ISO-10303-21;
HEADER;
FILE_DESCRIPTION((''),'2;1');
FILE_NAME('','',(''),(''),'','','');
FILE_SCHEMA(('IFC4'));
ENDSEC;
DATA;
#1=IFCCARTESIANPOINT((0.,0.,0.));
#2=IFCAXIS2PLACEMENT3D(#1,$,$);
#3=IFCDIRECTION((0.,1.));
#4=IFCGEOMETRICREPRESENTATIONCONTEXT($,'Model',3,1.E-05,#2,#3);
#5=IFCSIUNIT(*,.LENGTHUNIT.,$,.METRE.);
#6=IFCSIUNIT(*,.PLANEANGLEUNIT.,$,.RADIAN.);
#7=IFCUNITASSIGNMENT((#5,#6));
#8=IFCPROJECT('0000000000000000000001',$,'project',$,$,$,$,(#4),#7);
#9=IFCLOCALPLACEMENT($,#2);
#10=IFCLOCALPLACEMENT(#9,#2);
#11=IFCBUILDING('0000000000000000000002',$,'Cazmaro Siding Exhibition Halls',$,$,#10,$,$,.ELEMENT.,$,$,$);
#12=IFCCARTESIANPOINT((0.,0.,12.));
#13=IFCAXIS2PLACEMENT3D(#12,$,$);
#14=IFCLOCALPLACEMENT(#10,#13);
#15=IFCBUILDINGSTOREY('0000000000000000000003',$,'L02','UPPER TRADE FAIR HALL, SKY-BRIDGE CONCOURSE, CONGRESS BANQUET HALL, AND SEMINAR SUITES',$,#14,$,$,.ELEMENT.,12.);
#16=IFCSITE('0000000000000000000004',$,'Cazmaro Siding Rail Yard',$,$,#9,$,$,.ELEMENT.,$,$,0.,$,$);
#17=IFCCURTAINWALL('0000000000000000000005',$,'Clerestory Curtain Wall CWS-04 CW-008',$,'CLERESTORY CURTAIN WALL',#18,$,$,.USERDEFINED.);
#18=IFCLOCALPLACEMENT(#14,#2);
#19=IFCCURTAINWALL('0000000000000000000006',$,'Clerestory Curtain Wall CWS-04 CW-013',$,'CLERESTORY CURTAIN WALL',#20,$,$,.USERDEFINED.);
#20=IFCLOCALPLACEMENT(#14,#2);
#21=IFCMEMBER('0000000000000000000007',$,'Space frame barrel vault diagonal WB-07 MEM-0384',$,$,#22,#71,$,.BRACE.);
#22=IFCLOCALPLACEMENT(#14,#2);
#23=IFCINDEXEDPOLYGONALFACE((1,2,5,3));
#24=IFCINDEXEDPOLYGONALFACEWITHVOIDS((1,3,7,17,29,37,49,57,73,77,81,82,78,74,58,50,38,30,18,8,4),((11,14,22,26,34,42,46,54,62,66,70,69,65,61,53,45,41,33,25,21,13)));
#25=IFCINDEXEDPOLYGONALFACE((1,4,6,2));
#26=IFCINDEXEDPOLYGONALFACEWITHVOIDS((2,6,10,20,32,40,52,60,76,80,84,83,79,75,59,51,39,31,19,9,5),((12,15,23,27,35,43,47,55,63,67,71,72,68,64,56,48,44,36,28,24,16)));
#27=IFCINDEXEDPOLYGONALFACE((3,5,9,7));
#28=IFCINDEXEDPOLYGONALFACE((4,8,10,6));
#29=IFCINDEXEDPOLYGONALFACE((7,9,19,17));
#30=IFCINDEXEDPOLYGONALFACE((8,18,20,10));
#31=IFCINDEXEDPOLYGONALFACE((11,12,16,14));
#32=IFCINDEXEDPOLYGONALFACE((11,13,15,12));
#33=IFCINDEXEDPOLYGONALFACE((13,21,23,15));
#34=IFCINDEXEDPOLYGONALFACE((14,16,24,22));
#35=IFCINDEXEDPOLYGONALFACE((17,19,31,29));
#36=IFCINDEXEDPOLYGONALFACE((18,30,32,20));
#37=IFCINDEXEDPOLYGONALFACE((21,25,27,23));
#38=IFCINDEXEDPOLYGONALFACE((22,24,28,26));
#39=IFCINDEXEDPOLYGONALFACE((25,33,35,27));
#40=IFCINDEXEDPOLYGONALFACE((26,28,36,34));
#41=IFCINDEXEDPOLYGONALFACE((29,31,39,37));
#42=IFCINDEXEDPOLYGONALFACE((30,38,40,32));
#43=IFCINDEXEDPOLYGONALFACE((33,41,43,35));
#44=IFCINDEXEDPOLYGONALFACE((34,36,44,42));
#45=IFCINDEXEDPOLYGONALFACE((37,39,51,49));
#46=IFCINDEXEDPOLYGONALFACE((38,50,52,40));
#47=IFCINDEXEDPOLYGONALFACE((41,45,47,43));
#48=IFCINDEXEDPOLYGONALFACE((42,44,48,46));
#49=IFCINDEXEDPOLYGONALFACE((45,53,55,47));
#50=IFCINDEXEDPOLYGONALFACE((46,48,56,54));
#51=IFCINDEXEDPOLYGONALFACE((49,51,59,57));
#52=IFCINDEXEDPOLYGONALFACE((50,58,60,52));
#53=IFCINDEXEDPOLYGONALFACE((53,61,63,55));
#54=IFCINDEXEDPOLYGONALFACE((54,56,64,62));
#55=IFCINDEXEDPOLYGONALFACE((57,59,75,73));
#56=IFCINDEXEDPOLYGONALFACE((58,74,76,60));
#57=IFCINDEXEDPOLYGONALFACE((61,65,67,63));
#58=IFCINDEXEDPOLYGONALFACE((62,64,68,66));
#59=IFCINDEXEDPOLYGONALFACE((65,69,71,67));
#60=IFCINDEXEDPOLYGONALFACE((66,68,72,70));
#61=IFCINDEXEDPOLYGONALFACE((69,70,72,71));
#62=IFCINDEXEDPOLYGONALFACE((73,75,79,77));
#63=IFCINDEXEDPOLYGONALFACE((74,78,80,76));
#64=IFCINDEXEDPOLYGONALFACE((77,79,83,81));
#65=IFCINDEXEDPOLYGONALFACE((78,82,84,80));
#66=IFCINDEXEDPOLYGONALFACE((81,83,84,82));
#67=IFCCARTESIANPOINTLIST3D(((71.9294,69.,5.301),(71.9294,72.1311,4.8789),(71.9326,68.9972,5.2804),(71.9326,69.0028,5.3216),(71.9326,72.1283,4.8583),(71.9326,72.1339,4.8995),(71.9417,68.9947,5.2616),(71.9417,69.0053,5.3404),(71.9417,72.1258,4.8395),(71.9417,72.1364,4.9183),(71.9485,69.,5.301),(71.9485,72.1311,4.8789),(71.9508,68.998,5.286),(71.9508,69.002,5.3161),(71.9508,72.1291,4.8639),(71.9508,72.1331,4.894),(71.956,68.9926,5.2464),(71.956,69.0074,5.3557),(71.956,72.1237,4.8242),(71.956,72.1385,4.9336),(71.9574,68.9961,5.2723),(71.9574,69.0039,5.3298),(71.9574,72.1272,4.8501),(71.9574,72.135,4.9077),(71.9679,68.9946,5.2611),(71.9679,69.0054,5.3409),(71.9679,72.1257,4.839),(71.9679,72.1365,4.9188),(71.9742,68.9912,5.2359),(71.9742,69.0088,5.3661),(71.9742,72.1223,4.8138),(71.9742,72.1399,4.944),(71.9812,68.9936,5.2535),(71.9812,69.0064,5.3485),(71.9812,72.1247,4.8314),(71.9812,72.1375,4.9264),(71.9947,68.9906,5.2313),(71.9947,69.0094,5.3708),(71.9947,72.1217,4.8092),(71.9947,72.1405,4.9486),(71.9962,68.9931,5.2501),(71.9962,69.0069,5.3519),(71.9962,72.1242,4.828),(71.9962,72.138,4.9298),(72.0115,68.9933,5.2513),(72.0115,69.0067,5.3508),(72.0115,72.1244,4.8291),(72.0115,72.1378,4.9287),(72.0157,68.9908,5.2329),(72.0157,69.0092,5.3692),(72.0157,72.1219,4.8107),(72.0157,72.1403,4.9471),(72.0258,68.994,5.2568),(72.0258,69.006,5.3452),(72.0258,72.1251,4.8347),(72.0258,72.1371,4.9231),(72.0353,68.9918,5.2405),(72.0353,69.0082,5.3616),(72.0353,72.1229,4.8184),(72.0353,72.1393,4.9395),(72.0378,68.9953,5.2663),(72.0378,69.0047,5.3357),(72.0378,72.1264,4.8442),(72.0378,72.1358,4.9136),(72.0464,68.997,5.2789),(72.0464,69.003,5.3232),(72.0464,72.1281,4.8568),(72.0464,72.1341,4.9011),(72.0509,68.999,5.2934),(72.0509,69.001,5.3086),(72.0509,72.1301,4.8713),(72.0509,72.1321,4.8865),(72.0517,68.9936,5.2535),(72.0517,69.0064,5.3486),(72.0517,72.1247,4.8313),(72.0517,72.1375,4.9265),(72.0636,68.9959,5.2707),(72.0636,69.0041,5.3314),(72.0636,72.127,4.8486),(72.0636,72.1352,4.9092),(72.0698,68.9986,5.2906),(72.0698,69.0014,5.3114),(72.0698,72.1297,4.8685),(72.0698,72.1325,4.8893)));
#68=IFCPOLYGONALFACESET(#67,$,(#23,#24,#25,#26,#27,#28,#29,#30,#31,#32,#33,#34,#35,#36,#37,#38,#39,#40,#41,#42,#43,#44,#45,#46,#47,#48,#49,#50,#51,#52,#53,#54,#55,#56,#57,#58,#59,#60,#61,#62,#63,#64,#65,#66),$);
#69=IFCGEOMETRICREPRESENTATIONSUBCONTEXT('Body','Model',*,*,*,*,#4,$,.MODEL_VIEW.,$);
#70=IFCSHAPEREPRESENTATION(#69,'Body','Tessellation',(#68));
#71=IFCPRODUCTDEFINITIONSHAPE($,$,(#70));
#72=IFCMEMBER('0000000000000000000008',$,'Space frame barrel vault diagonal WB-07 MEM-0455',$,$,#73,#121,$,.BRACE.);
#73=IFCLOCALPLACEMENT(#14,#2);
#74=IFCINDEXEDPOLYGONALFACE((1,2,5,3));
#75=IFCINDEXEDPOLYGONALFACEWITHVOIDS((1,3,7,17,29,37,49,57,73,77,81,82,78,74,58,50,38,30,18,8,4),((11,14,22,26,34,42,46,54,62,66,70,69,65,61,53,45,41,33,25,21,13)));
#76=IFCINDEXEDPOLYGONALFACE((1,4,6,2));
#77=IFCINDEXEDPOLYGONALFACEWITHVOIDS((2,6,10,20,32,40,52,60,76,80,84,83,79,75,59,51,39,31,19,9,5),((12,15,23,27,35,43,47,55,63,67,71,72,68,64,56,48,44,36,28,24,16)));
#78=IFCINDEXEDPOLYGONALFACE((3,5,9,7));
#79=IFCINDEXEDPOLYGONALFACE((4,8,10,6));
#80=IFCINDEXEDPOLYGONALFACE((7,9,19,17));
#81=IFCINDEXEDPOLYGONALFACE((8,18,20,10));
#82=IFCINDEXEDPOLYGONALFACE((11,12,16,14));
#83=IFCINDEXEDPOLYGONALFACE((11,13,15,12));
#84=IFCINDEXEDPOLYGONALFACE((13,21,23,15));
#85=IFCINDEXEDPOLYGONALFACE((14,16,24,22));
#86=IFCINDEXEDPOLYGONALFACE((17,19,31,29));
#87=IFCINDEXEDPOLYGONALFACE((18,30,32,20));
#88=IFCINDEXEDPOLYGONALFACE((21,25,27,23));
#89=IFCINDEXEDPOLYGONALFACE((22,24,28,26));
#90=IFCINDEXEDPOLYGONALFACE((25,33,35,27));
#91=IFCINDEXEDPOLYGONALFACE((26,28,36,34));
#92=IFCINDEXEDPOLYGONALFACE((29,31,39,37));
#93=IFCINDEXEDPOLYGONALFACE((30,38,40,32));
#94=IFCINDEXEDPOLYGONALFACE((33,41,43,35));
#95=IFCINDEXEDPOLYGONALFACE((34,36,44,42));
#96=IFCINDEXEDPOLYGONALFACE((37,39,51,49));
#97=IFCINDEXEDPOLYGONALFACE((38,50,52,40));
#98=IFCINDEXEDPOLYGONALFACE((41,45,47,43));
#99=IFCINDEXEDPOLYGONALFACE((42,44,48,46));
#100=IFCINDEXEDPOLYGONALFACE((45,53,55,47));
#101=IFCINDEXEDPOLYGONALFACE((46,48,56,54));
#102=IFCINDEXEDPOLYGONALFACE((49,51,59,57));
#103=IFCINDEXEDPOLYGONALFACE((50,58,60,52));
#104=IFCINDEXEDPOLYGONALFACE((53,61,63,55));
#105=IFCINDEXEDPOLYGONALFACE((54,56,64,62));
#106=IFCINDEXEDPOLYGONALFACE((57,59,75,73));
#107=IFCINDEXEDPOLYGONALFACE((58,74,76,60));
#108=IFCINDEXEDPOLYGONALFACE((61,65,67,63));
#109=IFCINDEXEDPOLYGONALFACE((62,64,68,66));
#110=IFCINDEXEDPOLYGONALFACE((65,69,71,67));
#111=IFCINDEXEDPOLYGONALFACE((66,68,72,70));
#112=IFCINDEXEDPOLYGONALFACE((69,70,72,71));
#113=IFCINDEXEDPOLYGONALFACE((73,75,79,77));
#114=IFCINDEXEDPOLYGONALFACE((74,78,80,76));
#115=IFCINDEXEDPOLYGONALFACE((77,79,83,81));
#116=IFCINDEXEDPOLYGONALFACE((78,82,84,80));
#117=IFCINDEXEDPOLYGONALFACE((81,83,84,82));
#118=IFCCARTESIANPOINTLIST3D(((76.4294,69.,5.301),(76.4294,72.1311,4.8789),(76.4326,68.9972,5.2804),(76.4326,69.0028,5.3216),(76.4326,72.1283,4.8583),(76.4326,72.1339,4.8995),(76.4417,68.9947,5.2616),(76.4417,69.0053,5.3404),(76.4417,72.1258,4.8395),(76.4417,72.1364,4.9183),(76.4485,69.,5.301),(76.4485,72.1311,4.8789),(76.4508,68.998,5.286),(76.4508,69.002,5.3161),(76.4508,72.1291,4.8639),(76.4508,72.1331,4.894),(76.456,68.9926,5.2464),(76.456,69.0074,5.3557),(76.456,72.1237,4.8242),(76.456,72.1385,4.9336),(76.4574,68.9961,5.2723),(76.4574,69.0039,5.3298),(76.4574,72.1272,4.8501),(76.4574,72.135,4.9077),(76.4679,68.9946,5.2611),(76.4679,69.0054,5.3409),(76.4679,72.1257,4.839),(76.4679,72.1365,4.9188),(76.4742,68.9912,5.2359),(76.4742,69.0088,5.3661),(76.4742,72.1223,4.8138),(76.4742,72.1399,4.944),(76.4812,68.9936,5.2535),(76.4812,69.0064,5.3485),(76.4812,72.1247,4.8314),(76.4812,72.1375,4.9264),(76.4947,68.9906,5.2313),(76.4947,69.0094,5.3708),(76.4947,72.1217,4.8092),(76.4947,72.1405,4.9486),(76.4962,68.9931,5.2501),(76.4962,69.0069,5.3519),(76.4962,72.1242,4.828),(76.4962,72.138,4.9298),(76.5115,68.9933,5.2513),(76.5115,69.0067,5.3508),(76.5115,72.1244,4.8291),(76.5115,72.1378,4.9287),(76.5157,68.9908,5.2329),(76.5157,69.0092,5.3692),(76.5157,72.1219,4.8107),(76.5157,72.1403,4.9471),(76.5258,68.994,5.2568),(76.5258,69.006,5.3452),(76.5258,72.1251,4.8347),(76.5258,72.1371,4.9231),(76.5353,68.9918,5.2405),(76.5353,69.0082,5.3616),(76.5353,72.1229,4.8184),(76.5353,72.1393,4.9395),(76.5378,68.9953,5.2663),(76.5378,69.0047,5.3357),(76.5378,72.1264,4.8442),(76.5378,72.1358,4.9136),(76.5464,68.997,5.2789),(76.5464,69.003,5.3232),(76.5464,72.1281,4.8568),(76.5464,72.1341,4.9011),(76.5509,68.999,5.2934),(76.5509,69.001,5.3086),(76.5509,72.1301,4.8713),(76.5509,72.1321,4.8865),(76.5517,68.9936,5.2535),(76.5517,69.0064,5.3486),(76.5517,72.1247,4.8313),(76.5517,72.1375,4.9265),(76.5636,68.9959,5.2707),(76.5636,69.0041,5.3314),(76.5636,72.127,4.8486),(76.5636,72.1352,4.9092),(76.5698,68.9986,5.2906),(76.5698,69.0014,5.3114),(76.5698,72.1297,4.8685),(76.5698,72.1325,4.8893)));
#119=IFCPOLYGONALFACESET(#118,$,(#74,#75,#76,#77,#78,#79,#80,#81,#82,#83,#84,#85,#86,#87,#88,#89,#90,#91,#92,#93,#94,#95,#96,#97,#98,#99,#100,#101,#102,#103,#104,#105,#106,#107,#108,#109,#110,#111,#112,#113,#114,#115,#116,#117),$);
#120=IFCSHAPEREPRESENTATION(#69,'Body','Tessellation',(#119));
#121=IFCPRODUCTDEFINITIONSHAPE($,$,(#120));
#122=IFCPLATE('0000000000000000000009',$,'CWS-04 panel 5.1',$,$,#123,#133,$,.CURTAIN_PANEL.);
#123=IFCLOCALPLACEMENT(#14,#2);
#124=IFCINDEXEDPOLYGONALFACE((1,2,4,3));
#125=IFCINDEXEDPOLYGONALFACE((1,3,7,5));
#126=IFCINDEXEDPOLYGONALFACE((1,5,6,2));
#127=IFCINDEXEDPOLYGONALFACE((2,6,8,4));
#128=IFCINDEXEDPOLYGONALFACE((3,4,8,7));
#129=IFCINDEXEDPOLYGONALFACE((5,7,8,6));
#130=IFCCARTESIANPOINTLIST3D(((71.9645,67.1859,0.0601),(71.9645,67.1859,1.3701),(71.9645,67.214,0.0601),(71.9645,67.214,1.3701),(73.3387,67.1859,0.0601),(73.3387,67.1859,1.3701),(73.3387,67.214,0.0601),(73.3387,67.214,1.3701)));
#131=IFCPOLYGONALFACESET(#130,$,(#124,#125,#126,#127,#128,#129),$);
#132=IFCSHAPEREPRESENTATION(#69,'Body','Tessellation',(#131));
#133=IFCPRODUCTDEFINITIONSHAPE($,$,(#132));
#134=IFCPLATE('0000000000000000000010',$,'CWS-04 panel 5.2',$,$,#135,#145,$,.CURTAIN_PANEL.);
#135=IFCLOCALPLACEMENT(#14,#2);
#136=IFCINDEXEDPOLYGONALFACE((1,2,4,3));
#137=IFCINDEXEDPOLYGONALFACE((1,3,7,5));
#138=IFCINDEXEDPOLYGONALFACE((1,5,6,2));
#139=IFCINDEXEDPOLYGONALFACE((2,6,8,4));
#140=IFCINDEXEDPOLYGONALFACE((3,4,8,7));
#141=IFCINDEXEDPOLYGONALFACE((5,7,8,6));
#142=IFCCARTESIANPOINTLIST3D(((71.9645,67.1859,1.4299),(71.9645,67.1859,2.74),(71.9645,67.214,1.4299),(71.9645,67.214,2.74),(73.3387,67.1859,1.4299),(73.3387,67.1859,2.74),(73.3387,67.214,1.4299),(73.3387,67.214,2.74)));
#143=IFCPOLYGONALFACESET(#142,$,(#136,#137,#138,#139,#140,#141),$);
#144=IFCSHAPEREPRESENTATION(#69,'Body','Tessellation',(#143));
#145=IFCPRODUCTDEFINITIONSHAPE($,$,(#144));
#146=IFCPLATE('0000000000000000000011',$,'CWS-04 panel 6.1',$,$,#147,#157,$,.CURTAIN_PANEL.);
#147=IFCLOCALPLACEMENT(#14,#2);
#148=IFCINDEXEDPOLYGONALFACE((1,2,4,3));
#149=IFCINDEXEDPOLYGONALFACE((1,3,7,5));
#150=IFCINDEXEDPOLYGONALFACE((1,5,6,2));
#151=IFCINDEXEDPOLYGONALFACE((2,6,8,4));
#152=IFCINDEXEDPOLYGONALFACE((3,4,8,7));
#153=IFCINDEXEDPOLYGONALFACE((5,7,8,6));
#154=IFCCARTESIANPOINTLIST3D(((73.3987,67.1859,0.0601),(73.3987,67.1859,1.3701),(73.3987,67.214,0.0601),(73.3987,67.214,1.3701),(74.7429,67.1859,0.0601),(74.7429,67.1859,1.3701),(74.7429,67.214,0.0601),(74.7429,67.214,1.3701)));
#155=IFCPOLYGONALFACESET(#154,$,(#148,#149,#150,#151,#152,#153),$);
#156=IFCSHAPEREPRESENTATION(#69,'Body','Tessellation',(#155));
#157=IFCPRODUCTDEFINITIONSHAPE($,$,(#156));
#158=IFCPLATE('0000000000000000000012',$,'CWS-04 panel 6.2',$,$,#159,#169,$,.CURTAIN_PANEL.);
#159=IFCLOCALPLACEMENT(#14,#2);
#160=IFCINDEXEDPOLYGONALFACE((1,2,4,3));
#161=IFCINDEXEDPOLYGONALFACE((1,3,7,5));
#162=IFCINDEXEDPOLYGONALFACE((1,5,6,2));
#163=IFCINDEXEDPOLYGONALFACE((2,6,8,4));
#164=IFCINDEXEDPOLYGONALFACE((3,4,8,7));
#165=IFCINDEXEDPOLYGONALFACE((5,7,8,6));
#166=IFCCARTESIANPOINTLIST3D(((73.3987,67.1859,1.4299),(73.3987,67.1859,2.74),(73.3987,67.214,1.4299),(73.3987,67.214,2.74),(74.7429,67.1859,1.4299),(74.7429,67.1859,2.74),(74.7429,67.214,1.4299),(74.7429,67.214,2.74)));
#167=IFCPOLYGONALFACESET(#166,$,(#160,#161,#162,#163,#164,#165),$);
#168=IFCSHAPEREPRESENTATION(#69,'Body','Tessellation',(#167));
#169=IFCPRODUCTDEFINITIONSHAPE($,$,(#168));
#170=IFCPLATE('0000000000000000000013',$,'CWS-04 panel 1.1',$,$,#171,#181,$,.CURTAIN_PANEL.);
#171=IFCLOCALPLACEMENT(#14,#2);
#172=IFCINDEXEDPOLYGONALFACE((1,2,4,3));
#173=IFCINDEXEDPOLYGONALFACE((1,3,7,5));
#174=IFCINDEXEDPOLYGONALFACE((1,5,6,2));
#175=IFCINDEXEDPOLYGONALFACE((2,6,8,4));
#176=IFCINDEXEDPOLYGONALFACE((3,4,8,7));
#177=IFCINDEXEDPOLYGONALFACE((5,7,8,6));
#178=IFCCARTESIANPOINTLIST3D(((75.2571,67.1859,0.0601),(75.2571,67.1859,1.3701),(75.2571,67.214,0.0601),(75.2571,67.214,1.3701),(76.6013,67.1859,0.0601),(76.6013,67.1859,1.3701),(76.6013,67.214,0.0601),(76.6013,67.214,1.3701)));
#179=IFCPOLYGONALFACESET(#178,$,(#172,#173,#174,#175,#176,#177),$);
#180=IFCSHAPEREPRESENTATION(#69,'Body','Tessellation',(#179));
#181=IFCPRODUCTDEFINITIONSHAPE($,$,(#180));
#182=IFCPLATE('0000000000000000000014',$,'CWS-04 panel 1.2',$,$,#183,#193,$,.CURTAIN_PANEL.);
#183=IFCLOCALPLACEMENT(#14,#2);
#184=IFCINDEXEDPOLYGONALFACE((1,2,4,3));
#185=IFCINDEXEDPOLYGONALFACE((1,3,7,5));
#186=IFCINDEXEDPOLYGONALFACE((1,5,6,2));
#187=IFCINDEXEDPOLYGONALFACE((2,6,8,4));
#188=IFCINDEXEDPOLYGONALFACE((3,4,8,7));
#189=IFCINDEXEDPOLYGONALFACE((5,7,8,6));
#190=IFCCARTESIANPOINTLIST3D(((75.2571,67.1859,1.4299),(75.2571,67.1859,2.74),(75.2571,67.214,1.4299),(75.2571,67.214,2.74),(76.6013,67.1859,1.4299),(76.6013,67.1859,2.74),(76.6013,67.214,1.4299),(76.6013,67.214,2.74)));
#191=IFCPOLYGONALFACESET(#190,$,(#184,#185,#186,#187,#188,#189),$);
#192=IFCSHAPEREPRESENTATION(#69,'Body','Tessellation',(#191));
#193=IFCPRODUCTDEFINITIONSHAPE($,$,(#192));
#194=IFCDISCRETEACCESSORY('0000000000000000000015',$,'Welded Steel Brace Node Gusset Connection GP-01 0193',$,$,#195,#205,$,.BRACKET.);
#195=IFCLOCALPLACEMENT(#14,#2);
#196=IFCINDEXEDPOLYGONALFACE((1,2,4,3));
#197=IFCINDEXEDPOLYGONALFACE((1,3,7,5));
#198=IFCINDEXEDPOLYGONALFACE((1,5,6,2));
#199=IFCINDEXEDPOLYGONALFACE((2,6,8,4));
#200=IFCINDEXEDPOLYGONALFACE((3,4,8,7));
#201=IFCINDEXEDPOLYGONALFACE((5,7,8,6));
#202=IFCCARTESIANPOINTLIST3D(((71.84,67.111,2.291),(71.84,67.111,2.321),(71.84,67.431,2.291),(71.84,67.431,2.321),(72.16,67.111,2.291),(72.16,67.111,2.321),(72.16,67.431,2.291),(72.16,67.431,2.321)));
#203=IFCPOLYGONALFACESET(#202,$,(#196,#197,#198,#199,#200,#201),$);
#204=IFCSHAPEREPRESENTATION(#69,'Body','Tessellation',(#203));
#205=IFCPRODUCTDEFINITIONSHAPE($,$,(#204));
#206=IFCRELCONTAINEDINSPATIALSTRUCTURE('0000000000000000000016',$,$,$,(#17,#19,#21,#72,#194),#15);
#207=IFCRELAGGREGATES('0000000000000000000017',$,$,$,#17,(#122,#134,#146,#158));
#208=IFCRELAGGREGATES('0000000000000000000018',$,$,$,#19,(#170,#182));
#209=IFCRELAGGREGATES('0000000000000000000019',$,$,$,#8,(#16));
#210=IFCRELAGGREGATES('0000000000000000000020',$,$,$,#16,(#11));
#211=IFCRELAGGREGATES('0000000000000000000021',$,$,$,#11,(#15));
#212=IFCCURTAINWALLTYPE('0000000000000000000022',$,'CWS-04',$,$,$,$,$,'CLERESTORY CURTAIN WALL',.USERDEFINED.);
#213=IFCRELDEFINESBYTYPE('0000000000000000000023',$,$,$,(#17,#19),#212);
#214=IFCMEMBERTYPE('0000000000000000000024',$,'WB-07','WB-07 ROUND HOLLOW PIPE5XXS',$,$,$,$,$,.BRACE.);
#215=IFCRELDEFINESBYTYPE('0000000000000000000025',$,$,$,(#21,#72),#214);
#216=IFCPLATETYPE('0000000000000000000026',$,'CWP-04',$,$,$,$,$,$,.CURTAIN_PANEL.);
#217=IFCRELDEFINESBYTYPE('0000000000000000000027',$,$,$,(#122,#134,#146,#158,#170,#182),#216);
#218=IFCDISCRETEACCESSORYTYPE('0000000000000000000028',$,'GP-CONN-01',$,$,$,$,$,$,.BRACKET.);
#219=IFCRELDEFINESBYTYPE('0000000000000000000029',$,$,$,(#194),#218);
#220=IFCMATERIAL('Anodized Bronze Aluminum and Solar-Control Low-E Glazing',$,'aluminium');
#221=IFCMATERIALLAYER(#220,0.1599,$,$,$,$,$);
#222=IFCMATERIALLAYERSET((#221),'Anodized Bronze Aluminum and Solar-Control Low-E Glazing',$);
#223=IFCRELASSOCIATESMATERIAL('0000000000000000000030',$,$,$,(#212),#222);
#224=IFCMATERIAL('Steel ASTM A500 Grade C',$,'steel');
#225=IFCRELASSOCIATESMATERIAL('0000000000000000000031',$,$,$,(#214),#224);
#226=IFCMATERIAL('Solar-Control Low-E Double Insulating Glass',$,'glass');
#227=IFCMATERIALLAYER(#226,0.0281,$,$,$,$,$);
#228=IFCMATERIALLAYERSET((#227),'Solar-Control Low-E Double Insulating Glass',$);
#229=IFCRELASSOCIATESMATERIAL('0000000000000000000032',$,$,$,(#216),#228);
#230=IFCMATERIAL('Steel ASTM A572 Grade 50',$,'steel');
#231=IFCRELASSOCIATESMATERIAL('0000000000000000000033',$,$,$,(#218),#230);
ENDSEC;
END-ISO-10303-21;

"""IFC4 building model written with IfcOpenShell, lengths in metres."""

from ifc_helpers import new_model, si_unit, direction, frame, origin, origin_2d, place, context, subcontext, project, spatial, rectangle, hollow_circle, extrude, material, layer, layer_set, material_profile, profile_set, type_object, element, aggregate, save


model = new_model("IFC4")

# Units and contexts
model_context = context("Model", 3, precision=1e-05, world=origin(), true_north=direction((0.0, 1.0)))
body_context = subcontext(model_context, "Body", "Model", "MODEL_VIEW")
ifc_project = project(units=[si_unit("LENGTHUNIT", "METRE"), si_unit("PLANEANGLEUNIT", "RADIAN")], contexts=[model_context])

# Site, building, storey
site_placement = place(None, origin())
site = spatial("IfcSite", under=ifc_project, at=site_placement, Name="Cazmaro Siding Rail Yard", CompositionType="ELEMENT", RefElevation=0.0)
building_placement = place(site_placement, origin())
building = spatial("IfcBuilding", under=site, at=building_placement, Name="Cazmaro Siding Exhibition Halls", CompositionType="ELEMENT")
storey_placement = place(building_placement, frame((0.0, 0.0, 12.0)))
storey = spatial("IfcBuildingStorey", under=building, at=storey_placement, Name="L02", Description="UPPER TRADE FAIR HALL, SKY-BRIDGE CONCOURSE, CONGRESS BANQUET HALL, AND SEMINAR SUITES", CompositionType="ELEMENT", Elevation=12.0)

# Curtain walls
ifc_material_1 = material(Name="Anodized Bronze Aluminum and Solar-Control Low-E Glazing", Category="aluminium")
ifc_layer_1 = layer(ifc_material_1, 0.1599)
ifc_layer_set_1 = layer_set([ifc_layer_1], Name="Anodized Bronze Aluminum and Solar-Control Low-E Glazing")
curtain_wall_type = type_object("IfcCurtainWallType", Name="CWS-04", ElementType="CLERESTORY CURTAIN WALL", PredefinedType="USERDEFINED", material=ifc_layer_set_1)
curtain_wall_1_placement = place(storey_placement, origin())
curtain_wall_1 = element("IfcCurtainWall", 1, at=curtain_wall_1_placement, inside=storey, type_object=curtain_wall_type, Name="Clerestory Curtain Wall CWS-04 CW-008", ObjectType="CLERESTORY CURTAIN WALL", PredefinedType="USERDEFINED")
curtain_wall_2_placement = place(storey_placement, origin())
curtain_wall_2 = element("IfcCurtainWall", 2, at=curtain_wall_2_placement, inside=storey, type_object=curtain_wall_type, Name="Clerestory Curtain Wall CWS-04 CW-013", ObjectType="CLERESTORY CURTAIN WALL", PredefinedType="USERDEFINED")

# Members
ifc_material_2 = material(Name="Steel ASTM A500 Grade C", Category="steel")
ifc_material_profile_1 = material_profile(ifc_material_2, hollow_circle(Radius=0.0706, WallThickness=0.019, at=origin_2d()), Name="PIPE5XXS")
ifc_profile_set_1 = profile_set([ifc_material_profile_1], Name="Steel ASTM A500 Grade C")
member_type_1 = type_object("IfcMemberType", Name="WB-07", Description="WB-07 ROUND HOLLOW PIPE5XXS", PredefinedType="BRACE", material=ifc_profile_set_1)
for number, where, z_axis, x_axis, name in (
    (3, (72.0, 69.0, 5.301), (0.0, 0.991035, -0.133606), (-1.0, 0.0, 0.0), "Space frame barrel vault diagonal WB-07 MEM-0384"),
    (4, (76.5, 69.0, 5.301), (0.0, 0.991035, -0.133606), (-1.0, 0.0, 0.0), "Space frame barrel vault diagonal WB-07 MEM-0455"),
):
    element("IfcMember", number, at=place(storey_placement, frame(where, z_axis=z_axis, x_axis=x_axis)), inside=storey, type_object=member_type_1, Name=name, PredefinedType="BRACE", context=body_context, shape_type="SweptSolid", body=[
        extrude(hollow_circle(Radius=0.0706, WallThickness=0.019, at=origin_2d()), origin(), (0.0, 0.0, 1.0), 3.1594),
    ])

# Plates
ifc_material_3 = material(Name="Solar-Control Low-E Double Insulating Glass", Category="glass")
ifc_layer_2 = layer(ifc_material_3, 0.0281)
ifc_layer_set_2 = layer_set([ifc_layer_2], Name="Solar-Control Low-E Double Insulating Glass")
plate_type = type_object("IfcPlateType", Name="CWP-04", PredefinedType="CURTAIN_PANEL", material=ifc_layer_set_2)
plate_1_placement = place(storey_placement, frame((72.6516, 67.2, 0.0601), z_axis=(0.0, 0.0, 1.0), x_axis=(1.0, 0.0, 0.0)))
plate_1 = element("IfcPlate", 5, at=plate_1_placement, type_object=plate_type, Name="CWS-04 panel 5.1", PredefinedType="CURTAIN_PANEL", context=body_context, shape_type="SweptSolid", body=[
    extrude(rectangle(XDim=1.3743, YDim=0.0281, at=origin_2d()), origin(), (0.0, 0.0, 1.0), 1.3101),
])
plate_2_placement = place(storey_placement, frame((72.6516, 67.2, 1.4299), z_axis=(0.0, 0.0, 1.0), x_axis=(1.0, 0.0, 0.0)))
plate_2 = element("IfcPlate", 6, at=plate_2_placement, type_object=plate_type, Name="CWS-04 panel 5.2", PredefinedType="CURTAIN_PANEL", context=body_context, shape_type="SweptSolid", body=[
    extrude(rectangle(XDim=1.3743, YDim=0.0281, at=origin_2d()), origin(), (0.0, 0.0, 1.0), 1.3101),
])
plate_3_placement = place(storey_placement, frame((74.0708, 67.2, 0.0601), z_axis=(0.0, 0.0, 1.0), x_axis=(1.0, 0.0, 0.0)))
plate_3 = element("IfcPlate", 7, at=plate_3_placement, type_object=plate_type, Name="CWS-04 panel 6.1", PredefinedType="CURTAIN_PANEL", context=body_context, shape_type="SweptSolid", body=[
    extrude(rectangle(XDim=1.3442, YDim=0.0281, at=origin_2d()), origin(), (0.0, 0.0, 1.0), 1.3101),
])
plate_4_placement = place(storey_placement, frame((74.0708, 67.2, 1.4299), z_axis=(0.0, 0.0, 1.0), x_axis=(1.0, 0.0, 0.0)))
plate_4 = element("IfcPlate", 8, at=plate_4_placement, type_object=plate_type, Name="CWS-04 panel 6.2", PredefinedType="CURTAIN_PANEL", context=body_context, shape_type="SweptSolid", body=[
    extrude(rectangle(XDim=1.3442, YDim=0.0281, at=origin_2d()), origin(), (0.0, 0.0, 1.0), 1.3101),
])
aggregate(curtain_wall_1, [plate_1, plate_2, plate_3, plate_4])
plate_5_placement = place(storey_placement, frame((75.9292, 67.2, 0.0601), z_axis=(0.0, 0.0, 1.0), x_axis=(1.0, 0.0, 0.0)))
plate_5 = element("IfcPlate", 9, at=plate_5_placement, type_object=plate_type, Name="CWS-04 panel 1.1", PredefinedType="CURTAIN_PANEL", context=body_context, shape_type="SweptSolid", body=[
    extrude(rectangle(XDim=1.3442, YDim=0.0281, at=origin_2d()), origin(), (0.0, 0.0, 1.0), 1.3101),
])
plate_6_placement = place(storey_placement, frame((75.9292, 67.2, 1.4299), z_axis=(0.0, 0.0, 1.0), x_axis=(1.0, 0.0, 0.0)))
plate_6 = element("IfcPlate", 10, at=plate_6_placement, type_object=plate_type, Name="CWS-04 panel 1.2", PredefinedType="CURTAIN_PANEL", context=body_context, shape_type="SweptSolid", body=[
    extrude(rectangle(XDim=1.3442, YDim=0.0281, at=origin_2d()), origin(), (0.0, 0.0, 1.0), 1.3101),
])
aggregate(curtain_wall_2, [plate_5, plate_6])

# Discrete accessory
ifc_material_4 = material(Name="Steel ASTM A572 Grade 50", Category="steel")
discrete_accessory_type = type_object("IfcDiscreteAccessoryType", Name="GP-CONN-01", PredefinedType="BRACKET", material=ifc_material_4)
for number, where, z_axis, x_axis, name in (
    (11, (72.0, 67.271, 2.291), (0.0, 0.0, 1.0), (1.0, 0.0, 0.0), "Welded Steel Brace Node Gusset Connection GP-01 0193"),
):
    element("IfcDiscreteAccessory", number, at=place(storey_placement, frame(where, z_axis=z_axis, x_axis=x_axis)), inside=storey, type_object=discrete_accessory_type, Name=name, PredefinedType="BRACKET", context=body_context, shape_type="SweptSolid", body=[
        extrude(rectangle(XDim=0.3201, YDim=0.3201, at=origin_2d()), origin(), (0.0, 0.0, 1.0), 0.03),
    ])

save(model, "model.ifc")
